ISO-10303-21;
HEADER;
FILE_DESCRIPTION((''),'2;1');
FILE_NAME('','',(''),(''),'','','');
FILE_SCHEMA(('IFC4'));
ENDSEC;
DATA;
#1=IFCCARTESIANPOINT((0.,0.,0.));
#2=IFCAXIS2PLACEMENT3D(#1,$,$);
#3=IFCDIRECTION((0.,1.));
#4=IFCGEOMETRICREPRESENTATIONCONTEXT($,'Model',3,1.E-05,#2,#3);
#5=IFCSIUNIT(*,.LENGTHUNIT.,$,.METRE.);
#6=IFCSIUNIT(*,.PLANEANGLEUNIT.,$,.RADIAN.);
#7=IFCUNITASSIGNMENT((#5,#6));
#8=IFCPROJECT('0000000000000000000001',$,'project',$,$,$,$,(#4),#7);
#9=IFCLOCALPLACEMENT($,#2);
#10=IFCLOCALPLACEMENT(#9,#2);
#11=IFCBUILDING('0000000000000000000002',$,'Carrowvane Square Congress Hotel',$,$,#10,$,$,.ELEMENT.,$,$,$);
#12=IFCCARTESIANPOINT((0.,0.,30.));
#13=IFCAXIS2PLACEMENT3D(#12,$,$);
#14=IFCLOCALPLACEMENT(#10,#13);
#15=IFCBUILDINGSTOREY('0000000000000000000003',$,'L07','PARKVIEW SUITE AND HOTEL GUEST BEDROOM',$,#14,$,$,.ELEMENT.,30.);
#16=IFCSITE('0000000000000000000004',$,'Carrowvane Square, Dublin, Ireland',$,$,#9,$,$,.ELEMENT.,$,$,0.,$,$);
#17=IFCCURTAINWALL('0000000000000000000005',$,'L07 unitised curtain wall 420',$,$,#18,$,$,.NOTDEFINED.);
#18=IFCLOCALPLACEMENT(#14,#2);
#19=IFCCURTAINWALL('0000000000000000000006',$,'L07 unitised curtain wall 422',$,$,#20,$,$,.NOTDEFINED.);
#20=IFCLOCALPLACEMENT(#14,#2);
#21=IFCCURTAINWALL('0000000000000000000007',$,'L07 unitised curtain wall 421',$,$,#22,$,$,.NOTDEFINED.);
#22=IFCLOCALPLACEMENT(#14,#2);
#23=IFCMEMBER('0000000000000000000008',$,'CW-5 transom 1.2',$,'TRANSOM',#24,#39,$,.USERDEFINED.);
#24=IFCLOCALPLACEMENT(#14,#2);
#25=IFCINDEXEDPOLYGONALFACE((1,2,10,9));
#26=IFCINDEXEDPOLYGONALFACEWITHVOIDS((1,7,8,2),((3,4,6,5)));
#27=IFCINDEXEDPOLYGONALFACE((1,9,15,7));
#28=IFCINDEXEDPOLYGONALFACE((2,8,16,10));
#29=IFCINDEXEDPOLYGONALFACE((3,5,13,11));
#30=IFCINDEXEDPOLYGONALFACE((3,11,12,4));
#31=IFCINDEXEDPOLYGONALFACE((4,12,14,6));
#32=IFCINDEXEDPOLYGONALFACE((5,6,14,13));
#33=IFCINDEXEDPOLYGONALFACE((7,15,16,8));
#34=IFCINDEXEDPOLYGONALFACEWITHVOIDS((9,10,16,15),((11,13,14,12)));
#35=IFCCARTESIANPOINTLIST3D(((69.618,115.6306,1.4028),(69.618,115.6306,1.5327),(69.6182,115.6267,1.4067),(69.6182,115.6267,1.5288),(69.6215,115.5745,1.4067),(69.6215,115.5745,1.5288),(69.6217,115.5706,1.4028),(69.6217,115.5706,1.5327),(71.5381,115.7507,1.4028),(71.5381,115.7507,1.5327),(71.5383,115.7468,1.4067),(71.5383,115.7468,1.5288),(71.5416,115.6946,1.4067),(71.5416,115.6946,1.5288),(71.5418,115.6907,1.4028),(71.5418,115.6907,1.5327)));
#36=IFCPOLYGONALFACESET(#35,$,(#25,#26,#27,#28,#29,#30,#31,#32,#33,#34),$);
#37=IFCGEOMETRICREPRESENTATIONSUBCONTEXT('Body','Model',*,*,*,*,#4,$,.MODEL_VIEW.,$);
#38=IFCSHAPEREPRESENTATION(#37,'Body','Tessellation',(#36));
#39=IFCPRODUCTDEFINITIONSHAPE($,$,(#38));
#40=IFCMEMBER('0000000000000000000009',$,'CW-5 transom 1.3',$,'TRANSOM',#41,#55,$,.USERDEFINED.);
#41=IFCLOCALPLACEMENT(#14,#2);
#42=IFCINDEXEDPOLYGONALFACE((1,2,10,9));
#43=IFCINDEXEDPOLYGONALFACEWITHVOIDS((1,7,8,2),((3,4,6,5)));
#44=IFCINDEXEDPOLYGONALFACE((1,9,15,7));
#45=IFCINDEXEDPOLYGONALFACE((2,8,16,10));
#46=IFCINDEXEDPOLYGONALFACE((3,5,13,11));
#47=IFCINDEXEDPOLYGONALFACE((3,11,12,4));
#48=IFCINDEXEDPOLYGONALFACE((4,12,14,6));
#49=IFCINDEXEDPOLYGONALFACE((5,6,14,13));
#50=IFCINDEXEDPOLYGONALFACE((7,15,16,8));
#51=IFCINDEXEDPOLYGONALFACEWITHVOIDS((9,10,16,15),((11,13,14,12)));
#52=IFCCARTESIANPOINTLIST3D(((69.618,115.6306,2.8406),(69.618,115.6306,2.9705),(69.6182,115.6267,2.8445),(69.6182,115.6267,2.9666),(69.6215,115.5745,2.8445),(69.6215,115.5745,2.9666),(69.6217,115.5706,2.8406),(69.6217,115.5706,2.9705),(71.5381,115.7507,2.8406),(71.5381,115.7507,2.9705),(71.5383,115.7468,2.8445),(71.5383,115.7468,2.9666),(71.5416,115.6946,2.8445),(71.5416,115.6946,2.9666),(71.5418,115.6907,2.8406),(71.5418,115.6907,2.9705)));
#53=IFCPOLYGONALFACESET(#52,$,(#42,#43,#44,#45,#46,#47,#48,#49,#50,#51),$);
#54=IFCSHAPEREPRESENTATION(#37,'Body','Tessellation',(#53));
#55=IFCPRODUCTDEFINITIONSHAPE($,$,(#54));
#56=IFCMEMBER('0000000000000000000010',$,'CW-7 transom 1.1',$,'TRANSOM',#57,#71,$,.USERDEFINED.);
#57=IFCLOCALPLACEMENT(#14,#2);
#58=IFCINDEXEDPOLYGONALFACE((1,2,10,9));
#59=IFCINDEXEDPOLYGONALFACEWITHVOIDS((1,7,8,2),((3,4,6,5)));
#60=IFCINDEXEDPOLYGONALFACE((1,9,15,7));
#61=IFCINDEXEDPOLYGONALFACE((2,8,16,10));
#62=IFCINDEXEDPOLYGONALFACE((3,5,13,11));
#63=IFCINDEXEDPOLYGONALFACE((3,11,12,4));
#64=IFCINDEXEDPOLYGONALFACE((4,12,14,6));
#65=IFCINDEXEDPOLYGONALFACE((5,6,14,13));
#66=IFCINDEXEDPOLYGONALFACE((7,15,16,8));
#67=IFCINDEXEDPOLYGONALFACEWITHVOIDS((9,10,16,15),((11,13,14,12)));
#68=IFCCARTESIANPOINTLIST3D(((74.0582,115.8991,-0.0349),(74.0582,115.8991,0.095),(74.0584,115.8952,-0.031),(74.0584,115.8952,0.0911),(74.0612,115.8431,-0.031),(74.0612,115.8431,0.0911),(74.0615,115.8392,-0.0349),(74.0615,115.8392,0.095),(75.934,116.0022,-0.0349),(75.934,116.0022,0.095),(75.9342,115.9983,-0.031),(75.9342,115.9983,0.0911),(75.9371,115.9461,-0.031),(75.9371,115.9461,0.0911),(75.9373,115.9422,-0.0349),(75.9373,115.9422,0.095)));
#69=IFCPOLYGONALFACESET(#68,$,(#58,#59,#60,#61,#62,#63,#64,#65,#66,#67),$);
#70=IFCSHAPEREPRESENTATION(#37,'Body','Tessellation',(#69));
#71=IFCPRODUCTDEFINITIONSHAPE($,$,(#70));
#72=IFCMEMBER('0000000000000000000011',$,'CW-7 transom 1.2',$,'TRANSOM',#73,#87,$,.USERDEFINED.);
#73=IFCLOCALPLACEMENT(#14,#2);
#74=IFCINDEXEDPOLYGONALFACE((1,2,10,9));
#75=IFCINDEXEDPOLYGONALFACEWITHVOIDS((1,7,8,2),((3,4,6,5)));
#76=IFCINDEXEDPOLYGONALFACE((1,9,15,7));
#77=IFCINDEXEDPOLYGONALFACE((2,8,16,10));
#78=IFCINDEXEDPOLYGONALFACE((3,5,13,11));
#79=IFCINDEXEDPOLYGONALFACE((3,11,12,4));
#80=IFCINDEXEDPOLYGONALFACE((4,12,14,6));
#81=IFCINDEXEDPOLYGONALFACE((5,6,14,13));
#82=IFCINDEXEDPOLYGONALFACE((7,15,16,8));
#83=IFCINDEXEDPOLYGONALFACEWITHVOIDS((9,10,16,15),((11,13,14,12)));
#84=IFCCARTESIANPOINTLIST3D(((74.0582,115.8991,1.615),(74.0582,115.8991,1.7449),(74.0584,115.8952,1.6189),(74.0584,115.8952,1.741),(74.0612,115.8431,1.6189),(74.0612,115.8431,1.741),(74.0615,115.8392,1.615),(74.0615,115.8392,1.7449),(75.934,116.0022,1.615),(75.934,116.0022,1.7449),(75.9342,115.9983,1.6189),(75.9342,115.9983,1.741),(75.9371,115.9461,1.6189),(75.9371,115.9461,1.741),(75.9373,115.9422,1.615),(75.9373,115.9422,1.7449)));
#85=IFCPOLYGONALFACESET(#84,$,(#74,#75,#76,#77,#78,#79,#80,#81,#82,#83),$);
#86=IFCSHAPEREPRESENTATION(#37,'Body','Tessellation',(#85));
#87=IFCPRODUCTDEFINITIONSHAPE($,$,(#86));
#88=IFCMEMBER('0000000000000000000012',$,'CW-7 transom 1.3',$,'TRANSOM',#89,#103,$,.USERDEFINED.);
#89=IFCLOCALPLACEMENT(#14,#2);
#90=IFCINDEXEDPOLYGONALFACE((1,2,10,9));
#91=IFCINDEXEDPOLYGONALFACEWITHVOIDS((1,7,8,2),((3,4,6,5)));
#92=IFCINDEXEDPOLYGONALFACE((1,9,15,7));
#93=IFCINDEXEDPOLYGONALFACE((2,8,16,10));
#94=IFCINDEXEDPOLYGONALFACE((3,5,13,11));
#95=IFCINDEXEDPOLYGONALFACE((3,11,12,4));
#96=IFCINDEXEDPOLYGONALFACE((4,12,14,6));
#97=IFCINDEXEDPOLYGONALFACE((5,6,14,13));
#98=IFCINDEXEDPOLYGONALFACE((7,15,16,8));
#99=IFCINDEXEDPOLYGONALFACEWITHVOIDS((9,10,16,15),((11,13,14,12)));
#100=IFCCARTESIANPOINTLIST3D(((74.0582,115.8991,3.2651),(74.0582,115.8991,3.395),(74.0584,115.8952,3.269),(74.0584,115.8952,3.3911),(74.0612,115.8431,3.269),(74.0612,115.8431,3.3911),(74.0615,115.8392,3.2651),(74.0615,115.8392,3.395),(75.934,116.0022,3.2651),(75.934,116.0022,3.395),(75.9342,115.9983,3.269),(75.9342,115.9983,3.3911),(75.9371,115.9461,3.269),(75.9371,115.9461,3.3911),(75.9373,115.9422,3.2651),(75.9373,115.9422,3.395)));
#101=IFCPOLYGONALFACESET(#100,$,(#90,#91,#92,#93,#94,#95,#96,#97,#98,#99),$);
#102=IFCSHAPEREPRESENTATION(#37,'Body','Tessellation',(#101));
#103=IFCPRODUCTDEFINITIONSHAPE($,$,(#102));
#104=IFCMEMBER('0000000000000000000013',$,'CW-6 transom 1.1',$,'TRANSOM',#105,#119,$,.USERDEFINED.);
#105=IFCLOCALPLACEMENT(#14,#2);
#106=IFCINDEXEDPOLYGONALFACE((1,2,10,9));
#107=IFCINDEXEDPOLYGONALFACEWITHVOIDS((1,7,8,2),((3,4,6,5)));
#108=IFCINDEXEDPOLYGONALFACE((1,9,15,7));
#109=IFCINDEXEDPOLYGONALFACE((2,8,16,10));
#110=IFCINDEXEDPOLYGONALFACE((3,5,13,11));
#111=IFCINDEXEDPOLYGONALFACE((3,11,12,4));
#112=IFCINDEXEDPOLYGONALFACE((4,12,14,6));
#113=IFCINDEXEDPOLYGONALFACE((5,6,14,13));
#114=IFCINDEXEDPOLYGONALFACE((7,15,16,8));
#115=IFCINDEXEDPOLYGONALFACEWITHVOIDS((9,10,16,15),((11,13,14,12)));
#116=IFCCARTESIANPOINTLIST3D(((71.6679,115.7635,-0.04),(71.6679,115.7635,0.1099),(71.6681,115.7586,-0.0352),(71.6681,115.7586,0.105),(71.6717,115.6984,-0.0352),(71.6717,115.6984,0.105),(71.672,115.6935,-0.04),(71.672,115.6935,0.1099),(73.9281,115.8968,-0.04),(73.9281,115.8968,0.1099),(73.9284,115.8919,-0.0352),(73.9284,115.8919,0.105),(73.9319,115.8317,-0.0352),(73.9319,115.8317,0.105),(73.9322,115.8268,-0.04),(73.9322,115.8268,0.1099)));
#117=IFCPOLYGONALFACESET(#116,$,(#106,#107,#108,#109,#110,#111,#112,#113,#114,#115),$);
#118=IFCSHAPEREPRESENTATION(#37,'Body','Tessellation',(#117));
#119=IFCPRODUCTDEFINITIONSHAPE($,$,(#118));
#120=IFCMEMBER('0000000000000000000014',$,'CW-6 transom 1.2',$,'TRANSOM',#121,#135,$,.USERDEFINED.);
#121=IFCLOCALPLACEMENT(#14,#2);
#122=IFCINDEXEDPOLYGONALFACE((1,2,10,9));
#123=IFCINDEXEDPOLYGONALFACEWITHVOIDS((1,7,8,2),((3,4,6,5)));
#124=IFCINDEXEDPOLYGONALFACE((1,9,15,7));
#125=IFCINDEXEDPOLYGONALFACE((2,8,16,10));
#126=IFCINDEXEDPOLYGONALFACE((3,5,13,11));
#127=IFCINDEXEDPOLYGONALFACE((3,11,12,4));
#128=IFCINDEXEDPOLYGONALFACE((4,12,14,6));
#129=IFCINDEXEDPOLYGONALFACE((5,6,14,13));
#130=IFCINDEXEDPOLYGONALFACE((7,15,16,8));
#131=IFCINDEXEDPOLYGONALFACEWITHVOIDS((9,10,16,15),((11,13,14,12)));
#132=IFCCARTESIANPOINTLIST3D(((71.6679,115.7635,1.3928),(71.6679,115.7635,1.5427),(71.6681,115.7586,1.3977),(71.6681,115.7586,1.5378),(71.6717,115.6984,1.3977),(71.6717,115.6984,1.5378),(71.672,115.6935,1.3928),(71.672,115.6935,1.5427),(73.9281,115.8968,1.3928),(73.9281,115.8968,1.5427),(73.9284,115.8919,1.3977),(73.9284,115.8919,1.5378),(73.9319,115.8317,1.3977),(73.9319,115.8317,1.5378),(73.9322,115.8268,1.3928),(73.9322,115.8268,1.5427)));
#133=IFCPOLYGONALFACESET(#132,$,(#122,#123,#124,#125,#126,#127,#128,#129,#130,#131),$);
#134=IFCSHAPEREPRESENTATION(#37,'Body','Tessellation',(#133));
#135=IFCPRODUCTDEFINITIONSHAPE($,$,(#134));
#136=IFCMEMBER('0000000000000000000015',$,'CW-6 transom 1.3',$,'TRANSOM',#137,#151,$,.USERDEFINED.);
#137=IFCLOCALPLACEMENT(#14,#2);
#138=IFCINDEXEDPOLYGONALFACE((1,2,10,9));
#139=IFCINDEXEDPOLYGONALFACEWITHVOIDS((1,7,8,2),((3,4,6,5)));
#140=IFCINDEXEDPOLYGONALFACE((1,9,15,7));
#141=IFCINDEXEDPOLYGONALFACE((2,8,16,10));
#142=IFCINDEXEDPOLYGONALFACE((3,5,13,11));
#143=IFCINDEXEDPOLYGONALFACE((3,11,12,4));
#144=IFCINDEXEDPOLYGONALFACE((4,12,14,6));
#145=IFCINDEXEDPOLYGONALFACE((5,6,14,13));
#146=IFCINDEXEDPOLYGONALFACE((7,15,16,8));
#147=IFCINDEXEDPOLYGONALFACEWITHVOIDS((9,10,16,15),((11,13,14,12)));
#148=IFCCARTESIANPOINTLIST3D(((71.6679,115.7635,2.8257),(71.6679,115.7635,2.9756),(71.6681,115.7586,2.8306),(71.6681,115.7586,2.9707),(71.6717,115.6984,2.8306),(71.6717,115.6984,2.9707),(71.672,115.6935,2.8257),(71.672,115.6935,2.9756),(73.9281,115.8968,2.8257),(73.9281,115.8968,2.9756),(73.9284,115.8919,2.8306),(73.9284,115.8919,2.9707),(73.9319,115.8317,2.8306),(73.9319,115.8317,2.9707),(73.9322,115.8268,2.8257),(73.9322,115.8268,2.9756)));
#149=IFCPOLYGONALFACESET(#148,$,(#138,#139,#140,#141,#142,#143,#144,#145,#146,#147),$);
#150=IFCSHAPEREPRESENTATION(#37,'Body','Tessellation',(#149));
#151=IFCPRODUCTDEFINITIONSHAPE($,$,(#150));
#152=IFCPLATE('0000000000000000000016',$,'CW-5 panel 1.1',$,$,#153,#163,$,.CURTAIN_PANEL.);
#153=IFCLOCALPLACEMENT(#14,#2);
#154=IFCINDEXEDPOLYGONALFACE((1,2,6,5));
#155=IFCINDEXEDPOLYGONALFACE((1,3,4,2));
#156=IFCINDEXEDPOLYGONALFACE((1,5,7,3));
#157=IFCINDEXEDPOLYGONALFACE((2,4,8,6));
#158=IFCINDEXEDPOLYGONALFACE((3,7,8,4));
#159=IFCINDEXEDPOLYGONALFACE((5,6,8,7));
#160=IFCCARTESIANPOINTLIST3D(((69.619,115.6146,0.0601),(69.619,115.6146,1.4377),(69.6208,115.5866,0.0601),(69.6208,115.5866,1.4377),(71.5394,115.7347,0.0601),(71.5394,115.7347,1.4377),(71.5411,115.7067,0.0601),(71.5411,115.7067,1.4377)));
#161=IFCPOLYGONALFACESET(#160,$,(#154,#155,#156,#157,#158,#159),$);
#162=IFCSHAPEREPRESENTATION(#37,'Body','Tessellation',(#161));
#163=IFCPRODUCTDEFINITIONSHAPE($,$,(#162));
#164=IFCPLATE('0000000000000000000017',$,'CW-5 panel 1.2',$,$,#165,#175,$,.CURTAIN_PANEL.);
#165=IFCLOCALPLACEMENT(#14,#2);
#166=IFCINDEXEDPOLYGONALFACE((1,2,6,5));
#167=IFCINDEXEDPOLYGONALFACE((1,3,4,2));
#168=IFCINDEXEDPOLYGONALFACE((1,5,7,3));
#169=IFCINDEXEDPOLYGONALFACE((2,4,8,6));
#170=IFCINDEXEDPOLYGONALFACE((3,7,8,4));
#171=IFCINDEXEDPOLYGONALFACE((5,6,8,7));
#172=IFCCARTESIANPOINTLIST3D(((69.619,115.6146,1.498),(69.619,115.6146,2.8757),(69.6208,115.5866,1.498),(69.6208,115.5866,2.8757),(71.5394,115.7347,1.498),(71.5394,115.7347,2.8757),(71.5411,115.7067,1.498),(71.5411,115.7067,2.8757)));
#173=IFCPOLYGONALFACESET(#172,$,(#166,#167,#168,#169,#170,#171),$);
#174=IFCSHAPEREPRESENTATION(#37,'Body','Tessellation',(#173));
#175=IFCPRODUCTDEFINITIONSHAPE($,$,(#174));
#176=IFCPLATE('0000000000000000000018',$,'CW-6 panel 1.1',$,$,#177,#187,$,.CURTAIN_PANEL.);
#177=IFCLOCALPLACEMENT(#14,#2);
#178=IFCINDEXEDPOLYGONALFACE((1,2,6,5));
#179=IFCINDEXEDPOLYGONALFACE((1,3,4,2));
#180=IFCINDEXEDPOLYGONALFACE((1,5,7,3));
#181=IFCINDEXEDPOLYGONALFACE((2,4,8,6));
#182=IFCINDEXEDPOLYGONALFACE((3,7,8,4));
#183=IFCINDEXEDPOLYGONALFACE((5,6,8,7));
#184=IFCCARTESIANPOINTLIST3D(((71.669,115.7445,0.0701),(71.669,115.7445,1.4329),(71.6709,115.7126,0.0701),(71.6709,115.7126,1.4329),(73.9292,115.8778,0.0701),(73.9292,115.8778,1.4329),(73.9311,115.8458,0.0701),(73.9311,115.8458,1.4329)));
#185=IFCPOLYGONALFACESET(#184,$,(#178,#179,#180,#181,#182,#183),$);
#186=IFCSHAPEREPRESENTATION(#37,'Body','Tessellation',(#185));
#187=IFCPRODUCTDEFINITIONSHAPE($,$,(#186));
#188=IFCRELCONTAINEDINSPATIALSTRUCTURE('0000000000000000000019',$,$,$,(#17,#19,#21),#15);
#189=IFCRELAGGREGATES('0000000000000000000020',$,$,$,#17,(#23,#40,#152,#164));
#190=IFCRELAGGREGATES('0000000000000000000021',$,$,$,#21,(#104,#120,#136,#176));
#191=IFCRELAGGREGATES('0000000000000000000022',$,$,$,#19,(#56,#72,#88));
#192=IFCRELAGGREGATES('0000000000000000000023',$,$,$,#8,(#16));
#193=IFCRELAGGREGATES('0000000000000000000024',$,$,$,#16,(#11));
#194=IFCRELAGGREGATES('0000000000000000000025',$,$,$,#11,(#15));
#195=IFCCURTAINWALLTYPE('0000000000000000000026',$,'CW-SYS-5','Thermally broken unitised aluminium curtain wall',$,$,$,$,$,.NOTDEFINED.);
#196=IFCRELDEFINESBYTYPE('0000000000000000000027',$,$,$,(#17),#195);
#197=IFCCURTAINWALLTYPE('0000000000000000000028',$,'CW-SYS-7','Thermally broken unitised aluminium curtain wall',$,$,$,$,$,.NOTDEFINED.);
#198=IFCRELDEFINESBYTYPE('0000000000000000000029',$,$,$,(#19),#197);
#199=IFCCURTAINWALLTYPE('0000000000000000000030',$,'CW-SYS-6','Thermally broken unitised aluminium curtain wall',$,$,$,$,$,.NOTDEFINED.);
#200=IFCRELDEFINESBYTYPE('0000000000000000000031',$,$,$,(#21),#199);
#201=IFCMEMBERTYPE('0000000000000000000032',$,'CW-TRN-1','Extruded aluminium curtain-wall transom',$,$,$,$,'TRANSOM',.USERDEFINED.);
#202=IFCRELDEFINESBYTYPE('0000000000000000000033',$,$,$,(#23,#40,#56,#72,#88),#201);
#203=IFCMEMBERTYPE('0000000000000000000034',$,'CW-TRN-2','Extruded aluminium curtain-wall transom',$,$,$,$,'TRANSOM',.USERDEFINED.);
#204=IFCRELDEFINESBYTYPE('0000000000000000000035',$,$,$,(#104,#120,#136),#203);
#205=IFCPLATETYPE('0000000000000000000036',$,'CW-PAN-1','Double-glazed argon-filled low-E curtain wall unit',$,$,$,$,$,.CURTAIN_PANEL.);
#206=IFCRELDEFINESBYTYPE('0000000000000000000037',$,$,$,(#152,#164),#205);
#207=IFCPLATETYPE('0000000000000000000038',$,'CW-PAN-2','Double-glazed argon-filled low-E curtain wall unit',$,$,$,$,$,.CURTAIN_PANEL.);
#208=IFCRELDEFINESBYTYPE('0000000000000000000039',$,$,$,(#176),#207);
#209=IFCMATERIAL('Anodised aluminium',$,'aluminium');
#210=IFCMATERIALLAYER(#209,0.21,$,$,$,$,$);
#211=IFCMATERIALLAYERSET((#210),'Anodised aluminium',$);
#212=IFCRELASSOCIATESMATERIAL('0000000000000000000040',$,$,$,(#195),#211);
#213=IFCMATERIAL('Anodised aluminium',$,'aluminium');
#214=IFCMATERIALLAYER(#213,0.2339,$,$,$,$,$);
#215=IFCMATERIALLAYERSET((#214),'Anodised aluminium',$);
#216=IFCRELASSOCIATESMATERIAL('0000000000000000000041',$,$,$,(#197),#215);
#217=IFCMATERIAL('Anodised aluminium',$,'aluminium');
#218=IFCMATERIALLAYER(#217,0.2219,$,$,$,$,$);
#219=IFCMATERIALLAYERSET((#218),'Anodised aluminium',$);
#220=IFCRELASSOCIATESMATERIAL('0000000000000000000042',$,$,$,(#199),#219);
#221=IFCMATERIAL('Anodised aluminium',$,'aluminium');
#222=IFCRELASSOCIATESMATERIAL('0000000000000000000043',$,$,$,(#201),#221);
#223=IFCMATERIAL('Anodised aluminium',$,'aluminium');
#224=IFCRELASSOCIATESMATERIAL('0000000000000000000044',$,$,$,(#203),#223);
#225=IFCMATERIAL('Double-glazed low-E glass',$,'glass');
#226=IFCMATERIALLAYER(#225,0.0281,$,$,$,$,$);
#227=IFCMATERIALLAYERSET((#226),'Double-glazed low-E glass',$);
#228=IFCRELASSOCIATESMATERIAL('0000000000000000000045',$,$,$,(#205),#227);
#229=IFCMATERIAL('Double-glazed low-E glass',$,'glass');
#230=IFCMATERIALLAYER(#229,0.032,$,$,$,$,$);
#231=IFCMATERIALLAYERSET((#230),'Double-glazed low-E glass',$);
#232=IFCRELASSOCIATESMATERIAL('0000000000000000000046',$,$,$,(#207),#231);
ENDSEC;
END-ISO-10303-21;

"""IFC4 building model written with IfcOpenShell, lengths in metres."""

from ifc_helpers import new_model, si_unit, direction, frame, origin, origin_2d, place, context, subcontext, project, spatial, rectangle, hollow_rectangle, extrude, material, layer, layer_set, material_profile, profile_set, type_object, element, aggregate, save


model = new_model("IFC4")

# Units and contexts
model_context = context("Model", 3, precision=1e-05, world=origin(), true_north=direction((0.0, 1.0)))
body_context = subcontext(model_context, "Body", "Model", "MODEL_VIEW")
ifc_project = project(units=[si_unit("LENGTHUNIT", "METRE"), si_unit("PLANEANGLEUNIT", "RADIAN")], contexts=[model_context])

# Site, building, storey
site_placement = place(None, origin())
site = spatial("IfcSite", under=ifc_project, at=site_placement, Name="Carrowvane Square, Dublin, Ireland", CompositionType="ELEMENT", RefElevation=0.0)
building_placement = place(site_placement, origin())
building = spatial("IfcBuilding", under=site, at=building_placement, Name="Carrowvane Square Congress Hotel", CompositionType="ELEMENT")
storey_placement = place(building_placement, frame((0.0, 0.0, 30.0)))
storey = spatial("IfcBuildingStorey", under=building, at=storey_placement, Name="L07", Description="PARKVIEW SUITE AND HOTEL GUEST BEDROOM", CompositionType="ELEMENT", Elevation=30.0)

# Curtain walls
ifc_material_1 = material(Name="Anodised aluminium", Category="aluminium")
ifc_layer_1 = layer(ifc_material_1, 0.21)
ifc_layer_set_1 = layer_set([ifc_layer_1], Name="Anodised aluminium")
curtain_wall_type_1 = type_object("IfcCurtainWallType", Name="CW-SYS-5", Description="Thermally broken unitised aluminium curtain wall", PredefinedType="NOTDEFINED", material=ifc_layer_set_1)
curtain_wall_1_placement = place(storey_placement, origin())
curtain_wall_1 = element("IfcCurtainWall", 1, at=curtain_wall_1_placement, inside=storey, type_object=curtain_wall_type_1, Name="L07 unitised curtain wall 420", PredefinedType="NOTDEFINED")
ifc_material_2 = material(Name="Anodised aluminium", Category="aluminium")
ifc_layer_2 = layer(ifc_material_2, 0.2339)
ifc_layer_set_2 = layer_set([ifc_layer_2], Name="Anodised aluminium")
curtain_wall_type_2 = type_object("IfcCurtainWallType", Name="CW-SYS-7", Description="Thermally broken unitised aluminium curtain wall", PredefinedType="NOTDEFINED", material=ifc_layer_set_2)
curtain_wall_2_placement = place(storey_placement, origin())
curtain_wall_2 = element("IfcCurtainWall", 2, at=curtain_wall_2_placement, inside=storey, type_object=curtain_wall_type_2, Name="L07 unitised curtain wall 422", PredefinedType="NOTDEFINED")

# Curtain wall
ifc_material_3 = material(Name="Anodised aluminium", Category="aluminium")
ifc_layer_3 = layer(ifc_material_3, 0.2219)
ifc_layer_set_3 = layer_set([ifc_layer_3], Name="Anodised aluminium")
curtain_wall_type_3 = type_object("IfcCurtainWallType", Name="CW-SYS-6", Description="Thermally broken unitised aluminium curtain wall", PredefinedType="NOTDEFINED", material=ifc_layer_set_3)
curtain_wall_3_placement = place(storey_placement, origin())
curtain_wall_3 = element("IfcCurtainWall", 3, at=curtain_wall_3_placement, inside=storey, type_object=curtain_wall_type_3, Name="L07 unitised curtain wall 421", PredefinedType="NOTDEFINED")

# Members
ifc_material_4 = material(Name="Anodised aluminium", Category="aluminium")
ifc_material_profile_1 = material_profile(ifc_material_4, hollow_rectangle(XDim=0.0601, YDim=0.1299, WallThickness=0.0039, at=origin_2d()), Name="CW-TR 60x130x4")
ifc_profile_set_1 = profile_set([ifc_material_profile_1], Name="Anodised aluminium")
member_type_1 = type_object("IfcMemberType", Name="CW-TRN-1", Description="Extruded aluminium curtain-wall transom", ElementType="TRANSOM", PredefinedType="USERDEFINED", material=ifc_profile_set_1)
member_1_placement = place(storey_placement, frame((69.6199, 115.6006, 1.4678), z_axis=(0.998049, 0.062434, 0.0), x_axis=(-0.062434, 0.998049, 0.0)))
member_1 = element("IfcMember", 4, at=member_1_placement, type_object=member_type_1, Name="CW-5 transom 1.2", ObjectType="TRANSOM", PredefinedType="USERDEFINED", context=body_context, shape_type="SweptSolid", body=[
    extrude(hollow_rectangle(XDim=0.0601, YDim=0.1299, WallThickness=0.0039, at=origin_2d()), origin(), (0.0, 0.0, 1.0), 1.9238),
])
member_2_placement = place(storey_placement, frame((69.6199, 115.6006, 2.9055), z_axis=(0.998049, 0.062434, 0.0), x_axis=(-0.062434, 0.998049, 0.0)))
member_2 = element("IfcMember", 5, at=member_2_placement, type_object=member_type_1, Name="CW-5 transom 1.3", ObjectType="TRANSOM", PredefinedType="USERDEFINED", context=body_context, shape_type="SweptSolid", body=[
    extrude(hollow_rectangle(XDim=0.0601, YDim=0.1299, WallThickness=0.0039, at=origin_2d()), origin(), (0.0, 0.0, 1.0), 1.9238),
])
member_3_placement = place(storey_placement, frame((74.0598, 115.8691, 0.03), z_axis=(0.998495, 0.054844, 0.0), x_axis=(-0.054844, 0.998495, 0.0)))
member_3 = element("IfcMember", 6, at=member_3_placement, type_object=member_type_1, Name="CW-7 transom 1.1", ObjectType="TRANSOM", PredefinedType="USERDEFINED", context=body_context, shape_type="SweptSolid", body=[
    extrude(hollow_rectangle(XDim=0.0601, YDim=0.1299, WallThickness=0.0039, at=origin_2d()), origin(), (0.0, 0.0, 1.0), 1.8787),
])
member_4_placement = place(storey_placement, frame((74.0598, 115.8691, 1.6799), z_axis=(0.998495, 0.054844, 0.0), x_axis=(-0.054844, 0.998495, 0.0)))
member_4 = element("IfcMember", 7, at=member_4_placement, type_object=member_type_1, Name="CW-7 transom 1.2", ObjectType="TRANSOM", PredefinedType="USERDEFINED", context=body_context, shape_type="SweptSolid", body=[
    extrude(hollow_rectangle(XDim=0.0601, YDim=0.1299, WallThickness=0.0039, at=origin_2d()), origin(), (0.0, 0.0, 1.0), 1.8787),
])
member_5_placement = place(storey_placement, frame((74.0598, 115.8691, 3.3301), z_axis=(0.998495, 0.054844, 0.0), x_axis=(-0.054844, 0.998495, 0.0)))
member_5 = element("IfcMember", 8, at=member_5_placement, type_object=member_type_1, Name="CW-7 transom 1.3", ObjectType="TRANSOM", PredefinedType="USERDEFINED", context=body_context, shape_type="SweptSolid", body=[
    extrude(hollow_rectangle(XDim=0.0601, YDim=0.1299, WallThickness=0.0039, at=origin_2d()), origin(), (0.0, 0.0, 1.0), 1.8787),
])
ifc_material_5 = material(Name="Anodised aluminium", Category="aluminium")
ifc_material_profile_2 = material_profile(ifc_material_5, hollow_rectangle(XDim=0.0701, YDim=0.1499, WallThickness=0.0049, at=origin_2d()), Name="CW-TR 70x150x5")
ifc_profile_set_2 = profile_set([ifc_material_profile_2], Name="Anodised aluminium")
member_type_2 = type_object("IfcMemberType", Name="CW-TRN-2", Description="Extruded aluminium curtain-wall transom", ElementType="TRANSOM", PredefinedType="USERDEFINED", material=ifc_profile_set_2)
member_6_placement = place(storey_placement, frame((71.6699, 115.7285, 0.0349), z_axis=(0.998265, 0.058874, 0.0), x_axis=(-0.058874, 0.998265, 0.0)))
member_6 = element("IfcMember", 9, at=member_6_placement, type_object=member_type_2, Name="CW-6 transom 1.1", ObjectType="TRANSOM", PredefinedType="USERDEFINED", context=body_context, shape_type="SweptSolid", body=[
    extrude(hollow_rectangle(XDim=0.0701, YDim=0.1499, WallThickness=0.0049, at=origin_2d()), origin(), (0.0, 0.0, 1.0), 2.2642),
])
member_7_placement = place(storey_placement, frame((71.6699, 115.7285, 1.4678), z_axis=(0.998265, 0.058874, 0.0), x_axis=(-0.058874, 0.998265, 0.0)))
member_7 = element("IfcMember", 10, at=member_7_placement, type_object=member_type_2, Name="CW-6 transom 1.2", ObjectType="TRANSOM", PredefinedType="USERDEFINED", context=body_context, shape_type="SweptSolid", body=[
    extrude(hollow_rectangle(XDim=0.0701, YDim=0.1499, WallThickness=0.0049, at=origin_2d()), origin(), (0.0, 0.0, 1.0), 2.2642),
])
member_8_placement = place(storey_placement, frame((71.6699, 115.7285, 2.9006), z_axis=(0.998265, 0.058874, 0.0), x_axis=(-0.058874, 0.998265, 0.0)))
member_8 = element("IfcMember", 11, at=member_8_placement, type_object=member_type_2, Name="CW-6 transom 1.3", ObjectType="TRANSOM", PredefinedType="USERDEFINED", context=body_context, shape_type="SweptSolid", body=[
    extrude(hollow_rectangle(XDim=0.0701, YDim=0.1499, WallThickness=0.0049, at=origin_2d()), origin(), (0.0, 0.0, 1.0), 2.2642),
])

# Plates
ifc_material_6 = material(Name="Double-glazed low-E glass", Category="glass")
ifc_layer_4 = layer(ifc_material_6, 0.0281)
ifc_layer_set_4 = layer_set([ifc_layer_4], Name="Double-glazed low-E glass")
plate_type_1 = type_object("IfcPlateType", Name="CW-PAN-1", Description="Double-glazed argon-filled low-E curtain wall unit", PredefinedType="CURTAIN_PANEL", material=ifc_layer_set_4)
plate_1_placement = place(storey_placement, frame((70.5801, 115.6606, 0.0601), z_axis=(0.0, 0.0, 1.0), x_axis=(0.998051, 0.062397, 0.0)))
plate_1 = element("IfcPlate", 12, at=plate_1_placement, type_object=plate_type_1, Name="CW-5 panel 1.1", PredefinedType="CURTAIN_PANEL", context=body_context, shape_type="SweptSolid", body=[
    extrude(rectangle(XDim=1.9241, YDim=0.0281, at=origin_2d()), origin(), (0.0, 0.0, 1.0), 1.3777),
])
plate_2_placement = place(storey_placement, frame((70.5801, 115.6606, 1.498), z_axis=(0.0, 0.0, 1.0), x_axis=(0.998051, 0.062397, 0.0)))
plate_2 = element("IfcPlate", 13, at=plate_2_placement, type_object=plate_type_1, Name="CW-5 panel 1.2", PredefinedType="CURTAIN_PANEL", context=body_context, shape_type="SweptSolid", body=[
    extrude(rectangle(XDim=1.9241, YDim=0.0281, at=origin_2d()), origin(), (0.0, 0.0, 1.0), 1.3777),
])
aggregate(curtain_wall_1, [member_1, member_2, plate_1, plate_2])
ifc_material_7 = material(Name="Double-glazed low-E glass", Category="glass")
ifc_layer_5 = layer(ifc_material_7, 0.032)
ifc_layer_set_5 = layer_set([ifc_layer_5], Name="Double-glazed low-E glass")
plate_type_2 = type_object("IfcPlateType", Name="CW-PAN-2", Description="Double-glazed argon-filled low-E curtain wall unit", PredefinedType="CURTAIN_PANEL", material=ifc_layer_set_5)
plate_3_placement = place(storey_placement, frame((72.8, 115.7952, 0.0701), z_axis=(0.0, 0.0, 1.0), x_axis=(0.998267, 0.058851, 0.0)))
plate_3 = element("IfcPlate", 14, at=plate_3_placement, type_object=plate_type_2, Name="CW-6 panel 1.1", PredefinedType="CURTAIN_PANEL", context=body_context, shape_type="SweptSolid", body=[
    extrude(rectangle(XDim=2.2642, YDim=0.032, at=origin_2d()), origin(), (0.0, 0.0, 1.0), 1.3628),
])
aggregate(curtain_wall_3, [member_6, member_7, member_8, plate_3])
aggregate(curtain_wall_2, [member_3, member_4, member_5])

save(model, "model.ifc")
